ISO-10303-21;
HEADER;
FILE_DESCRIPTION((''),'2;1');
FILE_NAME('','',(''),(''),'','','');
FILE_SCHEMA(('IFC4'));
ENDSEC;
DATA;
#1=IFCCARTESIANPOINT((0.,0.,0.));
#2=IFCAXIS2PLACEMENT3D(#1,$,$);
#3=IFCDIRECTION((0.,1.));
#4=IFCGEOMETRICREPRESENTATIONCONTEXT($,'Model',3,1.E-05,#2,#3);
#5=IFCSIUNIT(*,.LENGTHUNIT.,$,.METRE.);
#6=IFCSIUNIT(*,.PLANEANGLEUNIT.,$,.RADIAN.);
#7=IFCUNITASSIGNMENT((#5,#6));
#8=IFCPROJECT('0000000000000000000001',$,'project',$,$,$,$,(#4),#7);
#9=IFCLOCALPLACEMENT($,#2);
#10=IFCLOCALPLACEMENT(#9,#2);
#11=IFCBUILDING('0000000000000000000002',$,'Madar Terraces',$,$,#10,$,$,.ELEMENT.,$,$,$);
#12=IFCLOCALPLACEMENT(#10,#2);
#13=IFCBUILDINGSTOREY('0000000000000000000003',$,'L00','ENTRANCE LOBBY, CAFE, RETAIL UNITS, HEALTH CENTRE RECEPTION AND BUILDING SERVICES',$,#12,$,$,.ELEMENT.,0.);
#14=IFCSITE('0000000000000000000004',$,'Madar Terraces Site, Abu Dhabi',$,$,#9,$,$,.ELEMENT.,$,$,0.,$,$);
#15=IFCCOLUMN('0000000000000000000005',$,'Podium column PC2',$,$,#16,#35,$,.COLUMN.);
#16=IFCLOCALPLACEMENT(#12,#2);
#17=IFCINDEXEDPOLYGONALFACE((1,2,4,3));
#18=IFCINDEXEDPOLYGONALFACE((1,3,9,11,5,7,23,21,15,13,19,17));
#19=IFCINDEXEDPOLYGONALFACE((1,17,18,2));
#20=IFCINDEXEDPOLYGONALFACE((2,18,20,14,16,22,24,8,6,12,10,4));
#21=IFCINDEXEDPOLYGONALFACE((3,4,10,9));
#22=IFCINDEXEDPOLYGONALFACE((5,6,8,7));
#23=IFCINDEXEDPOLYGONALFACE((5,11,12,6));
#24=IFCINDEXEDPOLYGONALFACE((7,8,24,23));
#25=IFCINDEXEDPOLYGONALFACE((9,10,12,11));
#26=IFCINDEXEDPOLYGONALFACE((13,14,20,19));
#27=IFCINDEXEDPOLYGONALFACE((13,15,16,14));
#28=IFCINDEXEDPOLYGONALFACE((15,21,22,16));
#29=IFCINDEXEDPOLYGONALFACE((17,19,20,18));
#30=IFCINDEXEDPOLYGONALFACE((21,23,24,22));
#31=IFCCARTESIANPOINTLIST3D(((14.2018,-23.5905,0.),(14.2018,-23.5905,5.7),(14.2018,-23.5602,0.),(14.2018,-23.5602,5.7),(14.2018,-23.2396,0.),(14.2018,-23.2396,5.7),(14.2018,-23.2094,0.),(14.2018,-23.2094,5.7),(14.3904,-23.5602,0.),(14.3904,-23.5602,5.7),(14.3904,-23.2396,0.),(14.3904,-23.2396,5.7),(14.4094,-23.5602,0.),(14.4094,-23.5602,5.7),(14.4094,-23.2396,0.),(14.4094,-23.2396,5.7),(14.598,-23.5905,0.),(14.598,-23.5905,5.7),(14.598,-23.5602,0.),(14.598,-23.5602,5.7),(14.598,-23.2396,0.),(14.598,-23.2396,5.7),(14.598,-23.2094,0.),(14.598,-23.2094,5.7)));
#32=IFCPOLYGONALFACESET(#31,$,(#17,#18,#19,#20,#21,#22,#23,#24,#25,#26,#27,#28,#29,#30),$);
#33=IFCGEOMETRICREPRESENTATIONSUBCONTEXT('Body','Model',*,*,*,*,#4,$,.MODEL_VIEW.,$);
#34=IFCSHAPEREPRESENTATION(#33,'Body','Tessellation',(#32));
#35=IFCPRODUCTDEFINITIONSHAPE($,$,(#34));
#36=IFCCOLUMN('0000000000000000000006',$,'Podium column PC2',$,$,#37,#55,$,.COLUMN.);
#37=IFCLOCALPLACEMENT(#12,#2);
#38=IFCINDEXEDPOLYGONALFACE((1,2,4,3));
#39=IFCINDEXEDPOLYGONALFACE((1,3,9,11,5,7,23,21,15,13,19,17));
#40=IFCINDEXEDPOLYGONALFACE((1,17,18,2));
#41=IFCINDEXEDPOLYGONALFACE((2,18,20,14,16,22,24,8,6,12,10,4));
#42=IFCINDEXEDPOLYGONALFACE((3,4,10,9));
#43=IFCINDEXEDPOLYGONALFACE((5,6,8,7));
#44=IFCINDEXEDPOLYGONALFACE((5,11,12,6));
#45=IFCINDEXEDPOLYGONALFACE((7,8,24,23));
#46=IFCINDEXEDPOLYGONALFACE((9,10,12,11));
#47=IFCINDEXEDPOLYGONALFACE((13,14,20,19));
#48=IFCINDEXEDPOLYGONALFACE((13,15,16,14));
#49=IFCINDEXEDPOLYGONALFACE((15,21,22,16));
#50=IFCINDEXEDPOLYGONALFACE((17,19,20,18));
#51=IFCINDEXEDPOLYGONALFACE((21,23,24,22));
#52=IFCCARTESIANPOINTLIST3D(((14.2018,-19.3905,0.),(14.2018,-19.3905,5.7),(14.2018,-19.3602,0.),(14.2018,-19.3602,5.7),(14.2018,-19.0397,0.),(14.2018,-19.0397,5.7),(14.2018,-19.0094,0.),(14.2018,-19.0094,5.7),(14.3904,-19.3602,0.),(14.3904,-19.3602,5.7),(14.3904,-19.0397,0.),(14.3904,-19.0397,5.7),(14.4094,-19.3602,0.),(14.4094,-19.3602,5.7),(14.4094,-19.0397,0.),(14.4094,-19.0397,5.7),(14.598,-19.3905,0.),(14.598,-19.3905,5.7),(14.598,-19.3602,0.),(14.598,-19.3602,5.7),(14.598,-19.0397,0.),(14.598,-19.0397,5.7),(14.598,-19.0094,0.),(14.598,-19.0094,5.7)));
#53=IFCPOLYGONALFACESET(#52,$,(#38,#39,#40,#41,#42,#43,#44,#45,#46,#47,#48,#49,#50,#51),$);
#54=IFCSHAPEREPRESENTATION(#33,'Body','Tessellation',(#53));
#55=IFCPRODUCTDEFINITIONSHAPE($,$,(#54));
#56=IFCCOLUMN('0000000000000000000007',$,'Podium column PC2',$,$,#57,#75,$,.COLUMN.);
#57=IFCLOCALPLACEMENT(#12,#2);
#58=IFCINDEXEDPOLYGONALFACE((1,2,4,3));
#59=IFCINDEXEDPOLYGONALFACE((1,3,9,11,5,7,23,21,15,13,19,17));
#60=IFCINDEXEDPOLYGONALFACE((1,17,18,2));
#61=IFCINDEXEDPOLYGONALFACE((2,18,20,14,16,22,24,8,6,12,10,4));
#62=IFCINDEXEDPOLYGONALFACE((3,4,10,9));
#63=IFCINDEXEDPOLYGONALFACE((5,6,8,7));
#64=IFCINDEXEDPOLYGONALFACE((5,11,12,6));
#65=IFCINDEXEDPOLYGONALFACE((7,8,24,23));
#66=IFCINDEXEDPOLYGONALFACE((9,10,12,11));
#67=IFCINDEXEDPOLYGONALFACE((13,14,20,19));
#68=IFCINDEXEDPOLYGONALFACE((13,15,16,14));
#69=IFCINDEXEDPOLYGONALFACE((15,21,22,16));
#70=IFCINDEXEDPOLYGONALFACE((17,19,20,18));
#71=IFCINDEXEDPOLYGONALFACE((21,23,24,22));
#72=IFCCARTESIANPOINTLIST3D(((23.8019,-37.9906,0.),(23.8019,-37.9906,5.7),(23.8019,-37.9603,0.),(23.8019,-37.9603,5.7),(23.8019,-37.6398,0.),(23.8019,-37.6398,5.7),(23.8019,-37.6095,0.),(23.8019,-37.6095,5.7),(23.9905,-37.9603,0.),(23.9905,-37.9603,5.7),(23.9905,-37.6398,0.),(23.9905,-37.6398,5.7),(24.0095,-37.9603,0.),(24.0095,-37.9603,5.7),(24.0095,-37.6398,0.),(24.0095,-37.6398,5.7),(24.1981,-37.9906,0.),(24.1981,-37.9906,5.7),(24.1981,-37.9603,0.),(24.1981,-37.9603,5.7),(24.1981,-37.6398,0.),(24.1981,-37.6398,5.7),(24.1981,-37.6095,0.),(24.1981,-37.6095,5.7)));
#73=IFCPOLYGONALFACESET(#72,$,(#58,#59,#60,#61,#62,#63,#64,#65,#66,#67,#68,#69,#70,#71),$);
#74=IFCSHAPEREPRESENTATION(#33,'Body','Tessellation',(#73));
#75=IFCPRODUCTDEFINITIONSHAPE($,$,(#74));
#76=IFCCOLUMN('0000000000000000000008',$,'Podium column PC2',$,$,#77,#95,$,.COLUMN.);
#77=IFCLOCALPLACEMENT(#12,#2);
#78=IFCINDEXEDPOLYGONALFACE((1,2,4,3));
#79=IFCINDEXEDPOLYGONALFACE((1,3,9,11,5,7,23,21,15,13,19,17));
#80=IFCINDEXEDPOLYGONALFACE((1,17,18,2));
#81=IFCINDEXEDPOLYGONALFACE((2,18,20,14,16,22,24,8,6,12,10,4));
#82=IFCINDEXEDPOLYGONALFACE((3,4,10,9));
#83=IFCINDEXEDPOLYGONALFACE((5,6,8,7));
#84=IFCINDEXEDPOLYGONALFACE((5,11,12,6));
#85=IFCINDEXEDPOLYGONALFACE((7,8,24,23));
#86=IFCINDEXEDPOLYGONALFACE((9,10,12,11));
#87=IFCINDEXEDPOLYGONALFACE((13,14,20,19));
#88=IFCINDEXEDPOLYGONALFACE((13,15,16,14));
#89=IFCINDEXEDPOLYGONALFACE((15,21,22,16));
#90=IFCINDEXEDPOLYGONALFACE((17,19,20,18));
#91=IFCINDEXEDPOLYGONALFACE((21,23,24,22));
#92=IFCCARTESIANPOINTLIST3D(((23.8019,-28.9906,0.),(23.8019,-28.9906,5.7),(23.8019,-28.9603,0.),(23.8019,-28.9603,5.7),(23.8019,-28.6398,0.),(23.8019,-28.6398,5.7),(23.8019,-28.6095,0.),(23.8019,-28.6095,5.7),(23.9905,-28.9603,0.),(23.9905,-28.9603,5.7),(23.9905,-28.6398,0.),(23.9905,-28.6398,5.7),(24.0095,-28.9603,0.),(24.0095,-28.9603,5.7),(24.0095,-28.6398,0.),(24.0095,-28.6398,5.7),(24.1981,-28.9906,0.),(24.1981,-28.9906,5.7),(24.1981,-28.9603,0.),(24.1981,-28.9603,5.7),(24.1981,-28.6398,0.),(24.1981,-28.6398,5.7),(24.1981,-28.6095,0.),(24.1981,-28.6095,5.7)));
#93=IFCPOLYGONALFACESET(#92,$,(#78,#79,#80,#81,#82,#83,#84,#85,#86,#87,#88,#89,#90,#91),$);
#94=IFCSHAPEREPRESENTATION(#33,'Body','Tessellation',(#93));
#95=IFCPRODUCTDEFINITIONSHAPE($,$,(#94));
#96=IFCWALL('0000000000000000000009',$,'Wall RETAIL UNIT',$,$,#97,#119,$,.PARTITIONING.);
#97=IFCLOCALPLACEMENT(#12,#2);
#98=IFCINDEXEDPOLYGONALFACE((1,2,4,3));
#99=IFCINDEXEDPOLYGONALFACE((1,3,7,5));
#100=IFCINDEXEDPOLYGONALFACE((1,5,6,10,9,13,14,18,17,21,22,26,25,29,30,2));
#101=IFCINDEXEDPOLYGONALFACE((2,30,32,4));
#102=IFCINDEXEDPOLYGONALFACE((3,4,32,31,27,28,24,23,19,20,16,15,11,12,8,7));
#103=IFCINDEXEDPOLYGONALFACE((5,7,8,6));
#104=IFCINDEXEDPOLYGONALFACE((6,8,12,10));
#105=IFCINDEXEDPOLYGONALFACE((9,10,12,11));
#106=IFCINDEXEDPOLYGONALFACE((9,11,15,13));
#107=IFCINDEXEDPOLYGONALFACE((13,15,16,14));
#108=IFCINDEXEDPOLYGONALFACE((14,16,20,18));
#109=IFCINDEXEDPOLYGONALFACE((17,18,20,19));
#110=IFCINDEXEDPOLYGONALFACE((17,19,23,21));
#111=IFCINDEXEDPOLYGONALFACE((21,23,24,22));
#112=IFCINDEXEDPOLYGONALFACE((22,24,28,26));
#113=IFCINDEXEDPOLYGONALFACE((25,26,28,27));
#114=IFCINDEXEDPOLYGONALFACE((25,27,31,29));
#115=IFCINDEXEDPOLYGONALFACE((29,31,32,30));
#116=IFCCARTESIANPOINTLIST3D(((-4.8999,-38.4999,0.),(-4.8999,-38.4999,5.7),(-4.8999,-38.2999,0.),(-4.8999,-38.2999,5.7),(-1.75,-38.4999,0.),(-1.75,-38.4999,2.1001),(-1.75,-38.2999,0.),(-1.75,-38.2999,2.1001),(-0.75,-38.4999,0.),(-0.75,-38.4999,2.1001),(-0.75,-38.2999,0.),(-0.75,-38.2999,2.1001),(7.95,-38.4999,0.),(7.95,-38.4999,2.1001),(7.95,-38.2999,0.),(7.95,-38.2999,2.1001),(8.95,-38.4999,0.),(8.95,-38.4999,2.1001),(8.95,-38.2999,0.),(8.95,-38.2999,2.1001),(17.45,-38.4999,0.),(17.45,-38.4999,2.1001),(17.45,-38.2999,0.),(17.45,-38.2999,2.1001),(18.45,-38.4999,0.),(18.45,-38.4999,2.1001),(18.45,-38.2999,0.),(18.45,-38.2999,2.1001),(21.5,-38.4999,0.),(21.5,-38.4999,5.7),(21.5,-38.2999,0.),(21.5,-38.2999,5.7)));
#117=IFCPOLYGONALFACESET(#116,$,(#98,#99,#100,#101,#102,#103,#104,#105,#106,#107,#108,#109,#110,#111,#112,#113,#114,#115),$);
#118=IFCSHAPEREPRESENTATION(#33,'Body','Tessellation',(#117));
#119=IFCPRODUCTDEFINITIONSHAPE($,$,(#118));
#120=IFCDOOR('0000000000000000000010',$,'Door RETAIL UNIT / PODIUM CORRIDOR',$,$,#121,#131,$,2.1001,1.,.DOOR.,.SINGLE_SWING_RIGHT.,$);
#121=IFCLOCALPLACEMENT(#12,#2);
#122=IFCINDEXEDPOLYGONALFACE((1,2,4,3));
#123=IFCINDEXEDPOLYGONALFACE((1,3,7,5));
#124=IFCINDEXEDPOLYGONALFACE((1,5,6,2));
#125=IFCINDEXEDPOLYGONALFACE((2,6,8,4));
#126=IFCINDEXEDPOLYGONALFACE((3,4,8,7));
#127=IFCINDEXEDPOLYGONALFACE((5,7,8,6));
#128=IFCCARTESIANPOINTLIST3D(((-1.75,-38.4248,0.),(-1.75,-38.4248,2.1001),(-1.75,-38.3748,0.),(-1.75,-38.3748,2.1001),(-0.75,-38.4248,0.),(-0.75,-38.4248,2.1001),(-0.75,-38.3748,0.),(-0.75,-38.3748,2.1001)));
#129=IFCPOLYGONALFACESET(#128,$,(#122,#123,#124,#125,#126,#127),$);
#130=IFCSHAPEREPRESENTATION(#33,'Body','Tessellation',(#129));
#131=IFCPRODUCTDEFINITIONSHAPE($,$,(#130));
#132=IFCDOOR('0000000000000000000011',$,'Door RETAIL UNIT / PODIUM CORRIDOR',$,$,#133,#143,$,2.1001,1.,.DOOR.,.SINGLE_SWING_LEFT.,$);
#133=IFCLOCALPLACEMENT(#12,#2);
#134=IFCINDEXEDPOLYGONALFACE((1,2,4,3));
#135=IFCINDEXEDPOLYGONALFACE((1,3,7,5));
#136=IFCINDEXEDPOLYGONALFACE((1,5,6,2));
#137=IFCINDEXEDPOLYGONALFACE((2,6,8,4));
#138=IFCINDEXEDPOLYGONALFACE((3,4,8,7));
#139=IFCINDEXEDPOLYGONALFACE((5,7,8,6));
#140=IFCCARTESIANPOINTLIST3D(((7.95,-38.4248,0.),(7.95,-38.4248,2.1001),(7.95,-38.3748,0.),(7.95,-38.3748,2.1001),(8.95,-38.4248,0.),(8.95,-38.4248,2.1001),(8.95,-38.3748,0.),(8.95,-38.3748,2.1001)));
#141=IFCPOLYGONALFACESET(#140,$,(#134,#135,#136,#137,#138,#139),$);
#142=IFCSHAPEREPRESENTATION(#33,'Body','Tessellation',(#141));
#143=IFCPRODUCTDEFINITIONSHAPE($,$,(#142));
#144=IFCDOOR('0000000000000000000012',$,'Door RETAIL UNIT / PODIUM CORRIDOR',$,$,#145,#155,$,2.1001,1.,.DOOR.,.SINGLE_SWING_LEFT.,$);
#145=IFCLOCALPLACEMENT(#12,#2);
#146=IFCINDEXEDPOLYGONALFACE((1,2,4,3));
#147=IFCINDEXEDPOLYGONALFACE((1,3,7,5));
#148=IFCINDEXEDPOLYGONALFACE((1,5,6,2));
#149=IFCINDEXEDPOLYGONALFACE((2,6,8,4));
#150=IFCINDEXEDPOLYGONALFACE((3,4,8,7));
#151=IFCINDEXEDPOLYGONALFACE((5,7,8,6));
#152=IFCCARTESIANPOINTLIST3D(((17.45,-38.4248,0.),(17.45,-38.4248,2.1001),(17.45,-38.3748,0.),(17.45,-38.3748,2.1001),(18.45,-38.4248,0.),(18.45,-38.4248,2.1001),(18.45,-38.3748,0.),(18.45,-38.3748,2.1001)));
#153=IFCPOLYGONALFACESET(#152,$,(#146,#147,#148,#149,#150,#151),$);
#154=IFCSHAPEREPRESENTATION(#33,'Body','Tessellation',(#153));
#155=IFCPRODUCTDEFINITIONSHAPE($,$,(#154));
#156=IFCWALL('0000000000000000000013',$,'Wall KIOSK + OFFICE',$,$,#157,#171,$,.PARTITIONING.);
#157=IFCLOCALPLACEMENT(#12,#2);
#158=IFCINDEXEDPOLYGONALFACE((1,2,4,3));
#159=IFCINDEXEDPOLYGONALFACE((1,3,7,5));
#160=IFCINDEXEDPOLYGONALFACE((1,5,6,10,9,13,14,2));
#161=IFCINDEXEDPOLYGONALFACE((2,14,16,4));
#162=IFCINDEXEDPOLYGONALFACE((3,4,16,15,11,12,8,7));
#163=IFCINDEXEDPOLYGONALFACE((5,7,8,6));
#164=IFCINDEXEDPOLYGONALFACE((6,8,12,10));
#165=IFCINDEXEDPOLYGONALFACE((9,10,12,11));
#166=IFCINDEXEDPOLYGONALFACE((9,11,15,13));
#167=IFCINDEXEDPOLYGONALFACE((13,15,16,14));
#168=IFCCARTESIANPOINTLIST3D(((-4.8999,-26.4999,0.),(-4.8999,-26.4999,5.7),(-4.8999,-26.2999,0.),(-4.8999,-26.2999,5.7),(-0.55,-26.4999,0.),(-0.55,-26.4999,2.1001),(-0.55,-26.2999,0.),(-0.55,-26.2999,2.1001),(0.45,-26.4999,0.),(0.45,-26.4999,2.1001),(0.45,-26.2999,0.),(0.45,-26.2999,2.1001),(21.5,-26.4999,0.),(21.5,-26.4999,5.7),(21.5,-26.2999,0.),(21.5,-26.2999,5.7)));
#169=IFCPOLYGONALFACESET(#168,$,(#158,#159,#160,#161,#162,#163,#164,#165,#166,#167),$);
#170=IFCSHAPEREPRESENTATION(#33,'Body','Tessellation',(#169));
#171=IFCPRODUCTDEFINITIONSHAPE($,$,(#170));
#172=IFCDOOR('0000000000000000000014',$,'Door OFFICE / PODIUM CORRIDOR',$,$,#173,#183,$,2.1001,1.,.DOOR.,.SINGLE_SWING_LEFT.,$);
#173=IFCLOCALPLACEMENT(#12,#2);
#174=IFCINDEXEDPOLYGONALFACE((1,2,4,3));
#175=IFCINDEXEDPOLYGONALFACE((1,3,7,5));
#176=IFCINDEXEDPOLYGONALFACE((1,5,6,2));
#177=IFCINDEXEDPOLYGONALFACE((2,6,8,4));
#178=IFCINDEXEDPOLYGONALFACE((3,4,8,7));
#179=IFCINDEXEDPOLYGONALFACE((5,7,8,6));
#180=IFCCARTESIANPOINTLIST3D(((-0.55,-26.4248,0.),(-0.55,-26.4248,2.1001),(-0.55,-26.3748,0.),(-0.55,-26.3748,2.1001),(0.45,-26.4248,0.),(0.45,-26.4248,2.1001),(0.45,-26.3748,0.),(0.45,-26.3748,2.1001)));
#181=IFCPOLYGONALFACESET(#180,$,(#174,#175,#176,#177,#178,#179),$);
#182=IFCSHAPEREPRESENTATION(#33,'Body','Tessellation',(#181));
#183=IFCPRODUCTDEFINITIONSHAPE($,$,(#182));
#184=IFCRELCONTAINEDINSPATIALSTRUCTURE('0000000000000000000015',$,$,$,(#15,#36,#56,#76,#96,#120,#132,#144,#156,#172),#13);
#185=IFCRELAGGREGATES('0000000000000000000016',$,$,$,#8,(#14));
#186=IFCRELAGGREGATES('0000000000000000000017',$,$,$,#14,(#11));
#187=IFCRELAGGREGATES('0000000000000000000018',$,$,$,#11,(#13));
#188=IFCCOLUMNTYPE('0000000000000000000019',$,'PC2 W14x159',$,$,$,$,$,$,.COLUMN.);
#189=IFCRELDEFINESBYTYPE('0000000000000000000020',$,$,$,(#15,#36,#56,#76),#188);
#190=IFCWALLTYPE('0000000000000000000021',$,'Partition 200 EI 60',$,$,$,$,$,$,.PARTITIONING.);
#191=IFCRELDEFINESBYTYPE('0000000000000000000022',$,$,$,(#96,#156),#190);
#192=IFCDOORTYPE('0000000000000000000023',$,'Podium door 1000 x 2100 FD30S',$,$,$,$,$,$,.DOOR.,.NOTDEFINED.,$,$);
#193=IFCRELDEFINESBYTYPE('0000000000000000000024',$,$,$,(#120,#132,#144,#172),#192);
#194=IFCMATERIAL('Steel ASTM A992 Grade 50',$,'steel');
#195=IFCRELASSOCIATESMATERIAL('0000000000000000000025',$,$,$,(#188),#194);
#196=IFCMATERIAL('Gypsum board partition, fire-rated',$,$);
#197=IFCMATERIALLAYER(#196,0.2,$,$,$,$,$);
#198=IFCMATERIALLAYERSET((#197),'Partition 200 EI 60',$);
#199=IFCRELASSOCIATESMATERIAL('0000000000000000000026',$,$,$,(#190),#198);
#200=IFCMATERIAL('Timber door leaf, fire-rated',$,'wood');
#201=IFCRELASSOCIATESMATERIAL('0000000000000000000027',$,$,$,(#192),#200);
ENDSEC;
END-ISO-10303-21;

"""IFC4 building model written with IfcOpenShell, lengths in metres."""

from ifc_helpers import new_model, si_unit, direction, frame, frame_2d, origin, origin_2d, place, context, subcontext, project, spatial, rectangle, i_section, extrude, material, layer, layer_set, material_profile, profile_set, type_object, element, fill, save


model = new_model("IFC4")

# Units and contexts
model_context = context("Model", 3, precision=1e-05, world=origin(), true_north=direction((0.0, 1.0)))
body_context = subcontext(model_context, "Body", "Model", "MODEL_VIEW")
ifc_project = project(units=[si_unit("LENGTHUNIT", "METRE"), si_unit("PLANEANGLEUNIT", "RADIAN")], contexts=[model_context])

# Site, building, storey
site_placement = place(None, origin())
site = spatial("IfcSite", under=ifc_project, at=site_placement, Name="Madar Terraces Site, Abu Dhabi", CompositionType="ELEMENT", RefElevation=0.0)
building_placement = place(site_placement, origin())
building = spatial("IfcBuilding", under=site, at=building_placement, Name="Madar Terraces", CompositionType="ELEMENT")
storey_placement = place(building_placement, origin())
storey = spatial("IfcBuildingStorey", under=building, at=storey_placement, Name="L00", Description="ENTRANCE LOBBY, CAFE, RETAIL UNITS, HEALTH CENTRE RECEPTION AND BUILDING SERVICES", CompositionType="ELEMENT", Elevation=0.0)

# Columns
ifc_material_1 = material(Name="Steel ASTM A992 Grade 50", Category="steel")
ifc_material_profile = material_profile(ifc_material_1, i_section(OverallWidth=0.3962, OverallDepth=0.3811, WebThickness=0.019, FlangeThickness=0.0303, at=origin_2d()), Name="W14x159")
ifc_profile_set = profile_set([ifc_material_profile], Name="Steel ASTM A992 Grade 50")
column_type = type_object("IfcColumnType", Name="PC2 W14x159", PredefinedType="COLUMN", material=ifc_profile_set)
for number, where, z_axis, x_axis, name in (
    (1, (14.3999, -23.3999, 0.0), (0.0, 0.0, 1.0), (1.0, 0.0, 0.0), "Podium column PC2"),
    (2, (14.3999, -19.2, 0.0), (0.0, 0.0, 1.0), (1.0, 0.0, 0.0), "Podium column PC2"),
    (3, (24.0, -37.8, 0.0), (0.0, 0.0, 1.0), (1.0, 0.0, 0.0), "Podium column PC2"),
    (4, (24.0, -28.8, 0.0), (0.0, 0.0, 1.0), (1.0, 0.0, 0.0), "Podium column PC2"),
):
    element("IfcColumn", number, at=place(storey_placement, frame(where, z_axis=z_axis, x_axis=x_axis)), inside=storey, type_object=column_type, Name=name, PredefinedType="COLUMN", context=body_context, shape_type="SweptSolid", body=[
        extrude(i_section(OverallWidth=0.3962, OverallDepth=0.3811, WebThickness=0.019, FlangeThickness=0.0303, at=origin_2d()), origin(), (0.0, 0.0, 1.0), 5.7),
    ])

# Wall, openings, doors
ifc_material_2 = material(Name="Gypsum board partition, fire-rated")
ifc_layer = layer(ifc_material_2, 0.2)
ifc_layer_set = layer_set([ifc_layer], Name="Partition 200 EI 60")
wall_type = type_object("IfcWallType", Name="Partition 200 EI 60", PredefinedType="PARTITIONING", material=ifc_layer_set)
wall_1_placement = place(storey_placement, frame((21.5, -38.3999, 0.0), z_axis=(0.0, 0.0, 1.0), x_axis=(-1.0, 0.0, 0.0)))
wall_1 = element("IfcWall", 5, at=wall_1_placement, inside=storey, type_object=wall_type, Name="Wall RETAIL UNIT", PredefinedType="PARTITIONING", context=body_context, shape_type="SweptSolid", body=[
    extrude(rectangle(XDim=26.3999, YDim=0.2, at=frame_2d((13.2, 0.0))), origin(), (0.0, 0.0, 1.0), 5.7),
])
opening_1_placement = place(wall_1_placement, frame((22.25, 0.0, 0.0)))
opening_1 = element("IfcOpeningElement", 6, at=opening_1_placement, cuts=wall_1, PredefinedType="OPENING", context=body_context, shape_type="SweptSolid", body=[
    extrude(rectangle(XDim=1.0, YDim=2.1001, at=frame_2d((0.5, 1.05))), frame((0.0, 0.1099, 0.0), z_axis=(0.0, -1.0, 0.0), x_axis=(1.0, 0.0, 0.0)), (0.0, 0.0, 1.0), 0.22),
])
opening_2_placement = place(wall_1_placement, frame((12.55, 0.0, 0.0)))
opening_2 = element("IfcOpeningElement", 7, at=opening_2_placement, cuts=wall_1, PredefinedType="OPENING", context=body_context, shape_type="SweptSolid", body=[
    extrude(rectangle(XDim=1.0, YDim=2.1001, at=frame_2d((0.5, 1.05))), frame((0.0, 0.1099, 0.0), z_axis=(0.0, -1.0, 0.0), x_axis=(1.0, 0.0, 0.0)), (0.0, 0.0, 1.0), 0.22),
])
opening_3_placement = place(wall_1_placement, frame((3.05, 0.0, 0.0)))
opening_3 = element("IfcOpeningElement", 8, at=opening_3_placement, cuts=wall_1, PredefinedType="OPENING", context=body_context, shape_type="SweptSolid", body=[
    extrude(rectangle(XDim=1.0, YDim=2.1001, at=frame_2d((0.5, 1.05))), frame((0.0, 0.1099, 0.0), z_axis=(0.0, -1.0, 0.0), x_axis=(1.0, 0.0, 0.0)), (0.0, 0.0, 1.0), 0.22),
])
ifc_material_3 = material(Name="Timber door leaf, fire-rated", Category="wood")
door_type_1 = type_object("IfcDoorType", Name="Podium door 1000 x 2100 FD30S", OperationType="NOTDEFINED", PredefinedType="DOOR", material=ifc_material_3)
door_1_placement = place(opening_1_placement, origin())
door_1 = element("IfcDoor", 9, at=door_1_placement, inside=storey, type_object=door_type_1, Name="Door RETAIL UNIT / PODIUM CORRIDOR", OperationType="SINGLE_SWING_RIGHT", OverallHeight=2.1001, OverallWidth=1.0, PredefinedType="DOOR", context=body_context, shape_type="SweptSolid", body=[
    extrude(rectangle(XDim=1.0, YDim=2.1001, at=frame_2d((0.5, 1.05))), frame((0.0, 0.0249, 0.0), z_axis=(0.0, -1.0, 0.0), x_axis=(1.0, 0.0, 0.0)), (0.0, 0.0, 1.0), 0.05),
])
fill(opening_1, door_1)
door_2_placement = place(opening_2_placement, origin())
door_2 = element("IfcDoor", 10, at=door_2_placement, inside=storey, type_object=door_type_1, Name="Door RETAIL UNIT / PODIUM CORRIDOR", OperationType="SINGLE_SWING_LEFT", OverallHeight=2.1001, OverallWidth=1.0, PredefinedType="DOOR", context=body_context, shape_type="SweptSolid", body=[
    extrude(rectangle(XDim=1.0, YDim=2.1001, at=frame_2d((0.5, 1.05))), frame((0.0, 0.0249, 0.0), z_axis=(0.0, -1.0, 0.0), x_axis=(1.0, 0.0, 0.0)), (0.0, 0.0, 1.0), 0.05),
])
fill(opening_2, door_2)
door_3_placement = place(opening_3_placement, origin())
door_3 = element("IfcDoor", 11, at=door_3_placement, inside=storey, type_object=door_type_1, Name="Door RETAIL UNIT / PODIUM CORRIDOR", OperationType="SINGLE_SWING_LEFT", OverallHeight=2.1001, OverallWidth=1.0, PredefinedType="DOOR", context=body_context, shape_type="SweptSolid", body=[
    extrude(rectangle(XDim=1.0, YDim=2.1001, at=frame_2d((0.5, 1.05))), frame((0.0, 0.0249, 0.0), z_axis=(0.0, -1.0, 0.0), x_axis=(1.0, 0.0, 0.0)), (0.0, 0.0, 1.0), 0.05),
])
fill(opening_3, door_3)

# Wall, opening, door
wall_2_placement = place(storey_placement, frame((21.5, -26.3999, 0.0), z_axis=(0.0, 0.0, 1.0), x_axis=(-1.0, 0.0, 0.0)))
wall_2 = element("IfcWall", 12, at=wall_2_placement, inside=storey, type_object=wall_type, Name="Wall KIOSK + OFFICE", PredefinedType="PARTITIONING", context=body_context, shape_type="SweptSolid", body=[
    extrude(rectangle(XDim=26.3999, YDim=0.2, at=frame_2d((13.2, 0.0))), origin(), (0.0, 0.0, 1.0), 5.7),
])
opening_4_placement = place(wall_2_placement, frame((21.05, 0.0, 0.0)))
opening_4 = element("IfcOpeningElement", 13, at=opening_4_placement, cuts=wall_2, PredefinedType="OPENING", context=body_context, shape_type="SweptSolid", body=[
    extrude(rectangle(XDim=1.0, YDim=2.1001, at=frame_2d((0.5, 1.05))), frame((0.0, 0.1099, 0.0), z_axis=(0.0, -1.0, 0.0), x_axis=(1.0, 0.0, 0.0)), (0.0, 0.0, 1.0), 0.22),
])
door_4_placement = place(opening_4_placement, origin())
door_4 = element("IfcDoor", 14, at=door_4_placement, inside=storey, type_object=door_type_1, Name="Door OFFICE / PODIUM CORRIDOR", OperationType="SINGLE_SWING_LEFT", OverallHeight=2.1001, OverallWidth=1.0, PredefinedType="DOOR", context=body_context, shape_type="SweptSolid", body=[
    extrude(rectangle(XDim=1.0, YDim=2.1001, at=frame_2d((0.5, 1.05))), frame((0.0, 0.0249, 0.0), z_axis=(0.0, -1.0, 0.0), x_axis=(1.0, 0.0, 0.0)), (0.0, 0.0, 1.0), 0.05),
])
fill(opening_4, door_4)

save(model, "model.ifc")
